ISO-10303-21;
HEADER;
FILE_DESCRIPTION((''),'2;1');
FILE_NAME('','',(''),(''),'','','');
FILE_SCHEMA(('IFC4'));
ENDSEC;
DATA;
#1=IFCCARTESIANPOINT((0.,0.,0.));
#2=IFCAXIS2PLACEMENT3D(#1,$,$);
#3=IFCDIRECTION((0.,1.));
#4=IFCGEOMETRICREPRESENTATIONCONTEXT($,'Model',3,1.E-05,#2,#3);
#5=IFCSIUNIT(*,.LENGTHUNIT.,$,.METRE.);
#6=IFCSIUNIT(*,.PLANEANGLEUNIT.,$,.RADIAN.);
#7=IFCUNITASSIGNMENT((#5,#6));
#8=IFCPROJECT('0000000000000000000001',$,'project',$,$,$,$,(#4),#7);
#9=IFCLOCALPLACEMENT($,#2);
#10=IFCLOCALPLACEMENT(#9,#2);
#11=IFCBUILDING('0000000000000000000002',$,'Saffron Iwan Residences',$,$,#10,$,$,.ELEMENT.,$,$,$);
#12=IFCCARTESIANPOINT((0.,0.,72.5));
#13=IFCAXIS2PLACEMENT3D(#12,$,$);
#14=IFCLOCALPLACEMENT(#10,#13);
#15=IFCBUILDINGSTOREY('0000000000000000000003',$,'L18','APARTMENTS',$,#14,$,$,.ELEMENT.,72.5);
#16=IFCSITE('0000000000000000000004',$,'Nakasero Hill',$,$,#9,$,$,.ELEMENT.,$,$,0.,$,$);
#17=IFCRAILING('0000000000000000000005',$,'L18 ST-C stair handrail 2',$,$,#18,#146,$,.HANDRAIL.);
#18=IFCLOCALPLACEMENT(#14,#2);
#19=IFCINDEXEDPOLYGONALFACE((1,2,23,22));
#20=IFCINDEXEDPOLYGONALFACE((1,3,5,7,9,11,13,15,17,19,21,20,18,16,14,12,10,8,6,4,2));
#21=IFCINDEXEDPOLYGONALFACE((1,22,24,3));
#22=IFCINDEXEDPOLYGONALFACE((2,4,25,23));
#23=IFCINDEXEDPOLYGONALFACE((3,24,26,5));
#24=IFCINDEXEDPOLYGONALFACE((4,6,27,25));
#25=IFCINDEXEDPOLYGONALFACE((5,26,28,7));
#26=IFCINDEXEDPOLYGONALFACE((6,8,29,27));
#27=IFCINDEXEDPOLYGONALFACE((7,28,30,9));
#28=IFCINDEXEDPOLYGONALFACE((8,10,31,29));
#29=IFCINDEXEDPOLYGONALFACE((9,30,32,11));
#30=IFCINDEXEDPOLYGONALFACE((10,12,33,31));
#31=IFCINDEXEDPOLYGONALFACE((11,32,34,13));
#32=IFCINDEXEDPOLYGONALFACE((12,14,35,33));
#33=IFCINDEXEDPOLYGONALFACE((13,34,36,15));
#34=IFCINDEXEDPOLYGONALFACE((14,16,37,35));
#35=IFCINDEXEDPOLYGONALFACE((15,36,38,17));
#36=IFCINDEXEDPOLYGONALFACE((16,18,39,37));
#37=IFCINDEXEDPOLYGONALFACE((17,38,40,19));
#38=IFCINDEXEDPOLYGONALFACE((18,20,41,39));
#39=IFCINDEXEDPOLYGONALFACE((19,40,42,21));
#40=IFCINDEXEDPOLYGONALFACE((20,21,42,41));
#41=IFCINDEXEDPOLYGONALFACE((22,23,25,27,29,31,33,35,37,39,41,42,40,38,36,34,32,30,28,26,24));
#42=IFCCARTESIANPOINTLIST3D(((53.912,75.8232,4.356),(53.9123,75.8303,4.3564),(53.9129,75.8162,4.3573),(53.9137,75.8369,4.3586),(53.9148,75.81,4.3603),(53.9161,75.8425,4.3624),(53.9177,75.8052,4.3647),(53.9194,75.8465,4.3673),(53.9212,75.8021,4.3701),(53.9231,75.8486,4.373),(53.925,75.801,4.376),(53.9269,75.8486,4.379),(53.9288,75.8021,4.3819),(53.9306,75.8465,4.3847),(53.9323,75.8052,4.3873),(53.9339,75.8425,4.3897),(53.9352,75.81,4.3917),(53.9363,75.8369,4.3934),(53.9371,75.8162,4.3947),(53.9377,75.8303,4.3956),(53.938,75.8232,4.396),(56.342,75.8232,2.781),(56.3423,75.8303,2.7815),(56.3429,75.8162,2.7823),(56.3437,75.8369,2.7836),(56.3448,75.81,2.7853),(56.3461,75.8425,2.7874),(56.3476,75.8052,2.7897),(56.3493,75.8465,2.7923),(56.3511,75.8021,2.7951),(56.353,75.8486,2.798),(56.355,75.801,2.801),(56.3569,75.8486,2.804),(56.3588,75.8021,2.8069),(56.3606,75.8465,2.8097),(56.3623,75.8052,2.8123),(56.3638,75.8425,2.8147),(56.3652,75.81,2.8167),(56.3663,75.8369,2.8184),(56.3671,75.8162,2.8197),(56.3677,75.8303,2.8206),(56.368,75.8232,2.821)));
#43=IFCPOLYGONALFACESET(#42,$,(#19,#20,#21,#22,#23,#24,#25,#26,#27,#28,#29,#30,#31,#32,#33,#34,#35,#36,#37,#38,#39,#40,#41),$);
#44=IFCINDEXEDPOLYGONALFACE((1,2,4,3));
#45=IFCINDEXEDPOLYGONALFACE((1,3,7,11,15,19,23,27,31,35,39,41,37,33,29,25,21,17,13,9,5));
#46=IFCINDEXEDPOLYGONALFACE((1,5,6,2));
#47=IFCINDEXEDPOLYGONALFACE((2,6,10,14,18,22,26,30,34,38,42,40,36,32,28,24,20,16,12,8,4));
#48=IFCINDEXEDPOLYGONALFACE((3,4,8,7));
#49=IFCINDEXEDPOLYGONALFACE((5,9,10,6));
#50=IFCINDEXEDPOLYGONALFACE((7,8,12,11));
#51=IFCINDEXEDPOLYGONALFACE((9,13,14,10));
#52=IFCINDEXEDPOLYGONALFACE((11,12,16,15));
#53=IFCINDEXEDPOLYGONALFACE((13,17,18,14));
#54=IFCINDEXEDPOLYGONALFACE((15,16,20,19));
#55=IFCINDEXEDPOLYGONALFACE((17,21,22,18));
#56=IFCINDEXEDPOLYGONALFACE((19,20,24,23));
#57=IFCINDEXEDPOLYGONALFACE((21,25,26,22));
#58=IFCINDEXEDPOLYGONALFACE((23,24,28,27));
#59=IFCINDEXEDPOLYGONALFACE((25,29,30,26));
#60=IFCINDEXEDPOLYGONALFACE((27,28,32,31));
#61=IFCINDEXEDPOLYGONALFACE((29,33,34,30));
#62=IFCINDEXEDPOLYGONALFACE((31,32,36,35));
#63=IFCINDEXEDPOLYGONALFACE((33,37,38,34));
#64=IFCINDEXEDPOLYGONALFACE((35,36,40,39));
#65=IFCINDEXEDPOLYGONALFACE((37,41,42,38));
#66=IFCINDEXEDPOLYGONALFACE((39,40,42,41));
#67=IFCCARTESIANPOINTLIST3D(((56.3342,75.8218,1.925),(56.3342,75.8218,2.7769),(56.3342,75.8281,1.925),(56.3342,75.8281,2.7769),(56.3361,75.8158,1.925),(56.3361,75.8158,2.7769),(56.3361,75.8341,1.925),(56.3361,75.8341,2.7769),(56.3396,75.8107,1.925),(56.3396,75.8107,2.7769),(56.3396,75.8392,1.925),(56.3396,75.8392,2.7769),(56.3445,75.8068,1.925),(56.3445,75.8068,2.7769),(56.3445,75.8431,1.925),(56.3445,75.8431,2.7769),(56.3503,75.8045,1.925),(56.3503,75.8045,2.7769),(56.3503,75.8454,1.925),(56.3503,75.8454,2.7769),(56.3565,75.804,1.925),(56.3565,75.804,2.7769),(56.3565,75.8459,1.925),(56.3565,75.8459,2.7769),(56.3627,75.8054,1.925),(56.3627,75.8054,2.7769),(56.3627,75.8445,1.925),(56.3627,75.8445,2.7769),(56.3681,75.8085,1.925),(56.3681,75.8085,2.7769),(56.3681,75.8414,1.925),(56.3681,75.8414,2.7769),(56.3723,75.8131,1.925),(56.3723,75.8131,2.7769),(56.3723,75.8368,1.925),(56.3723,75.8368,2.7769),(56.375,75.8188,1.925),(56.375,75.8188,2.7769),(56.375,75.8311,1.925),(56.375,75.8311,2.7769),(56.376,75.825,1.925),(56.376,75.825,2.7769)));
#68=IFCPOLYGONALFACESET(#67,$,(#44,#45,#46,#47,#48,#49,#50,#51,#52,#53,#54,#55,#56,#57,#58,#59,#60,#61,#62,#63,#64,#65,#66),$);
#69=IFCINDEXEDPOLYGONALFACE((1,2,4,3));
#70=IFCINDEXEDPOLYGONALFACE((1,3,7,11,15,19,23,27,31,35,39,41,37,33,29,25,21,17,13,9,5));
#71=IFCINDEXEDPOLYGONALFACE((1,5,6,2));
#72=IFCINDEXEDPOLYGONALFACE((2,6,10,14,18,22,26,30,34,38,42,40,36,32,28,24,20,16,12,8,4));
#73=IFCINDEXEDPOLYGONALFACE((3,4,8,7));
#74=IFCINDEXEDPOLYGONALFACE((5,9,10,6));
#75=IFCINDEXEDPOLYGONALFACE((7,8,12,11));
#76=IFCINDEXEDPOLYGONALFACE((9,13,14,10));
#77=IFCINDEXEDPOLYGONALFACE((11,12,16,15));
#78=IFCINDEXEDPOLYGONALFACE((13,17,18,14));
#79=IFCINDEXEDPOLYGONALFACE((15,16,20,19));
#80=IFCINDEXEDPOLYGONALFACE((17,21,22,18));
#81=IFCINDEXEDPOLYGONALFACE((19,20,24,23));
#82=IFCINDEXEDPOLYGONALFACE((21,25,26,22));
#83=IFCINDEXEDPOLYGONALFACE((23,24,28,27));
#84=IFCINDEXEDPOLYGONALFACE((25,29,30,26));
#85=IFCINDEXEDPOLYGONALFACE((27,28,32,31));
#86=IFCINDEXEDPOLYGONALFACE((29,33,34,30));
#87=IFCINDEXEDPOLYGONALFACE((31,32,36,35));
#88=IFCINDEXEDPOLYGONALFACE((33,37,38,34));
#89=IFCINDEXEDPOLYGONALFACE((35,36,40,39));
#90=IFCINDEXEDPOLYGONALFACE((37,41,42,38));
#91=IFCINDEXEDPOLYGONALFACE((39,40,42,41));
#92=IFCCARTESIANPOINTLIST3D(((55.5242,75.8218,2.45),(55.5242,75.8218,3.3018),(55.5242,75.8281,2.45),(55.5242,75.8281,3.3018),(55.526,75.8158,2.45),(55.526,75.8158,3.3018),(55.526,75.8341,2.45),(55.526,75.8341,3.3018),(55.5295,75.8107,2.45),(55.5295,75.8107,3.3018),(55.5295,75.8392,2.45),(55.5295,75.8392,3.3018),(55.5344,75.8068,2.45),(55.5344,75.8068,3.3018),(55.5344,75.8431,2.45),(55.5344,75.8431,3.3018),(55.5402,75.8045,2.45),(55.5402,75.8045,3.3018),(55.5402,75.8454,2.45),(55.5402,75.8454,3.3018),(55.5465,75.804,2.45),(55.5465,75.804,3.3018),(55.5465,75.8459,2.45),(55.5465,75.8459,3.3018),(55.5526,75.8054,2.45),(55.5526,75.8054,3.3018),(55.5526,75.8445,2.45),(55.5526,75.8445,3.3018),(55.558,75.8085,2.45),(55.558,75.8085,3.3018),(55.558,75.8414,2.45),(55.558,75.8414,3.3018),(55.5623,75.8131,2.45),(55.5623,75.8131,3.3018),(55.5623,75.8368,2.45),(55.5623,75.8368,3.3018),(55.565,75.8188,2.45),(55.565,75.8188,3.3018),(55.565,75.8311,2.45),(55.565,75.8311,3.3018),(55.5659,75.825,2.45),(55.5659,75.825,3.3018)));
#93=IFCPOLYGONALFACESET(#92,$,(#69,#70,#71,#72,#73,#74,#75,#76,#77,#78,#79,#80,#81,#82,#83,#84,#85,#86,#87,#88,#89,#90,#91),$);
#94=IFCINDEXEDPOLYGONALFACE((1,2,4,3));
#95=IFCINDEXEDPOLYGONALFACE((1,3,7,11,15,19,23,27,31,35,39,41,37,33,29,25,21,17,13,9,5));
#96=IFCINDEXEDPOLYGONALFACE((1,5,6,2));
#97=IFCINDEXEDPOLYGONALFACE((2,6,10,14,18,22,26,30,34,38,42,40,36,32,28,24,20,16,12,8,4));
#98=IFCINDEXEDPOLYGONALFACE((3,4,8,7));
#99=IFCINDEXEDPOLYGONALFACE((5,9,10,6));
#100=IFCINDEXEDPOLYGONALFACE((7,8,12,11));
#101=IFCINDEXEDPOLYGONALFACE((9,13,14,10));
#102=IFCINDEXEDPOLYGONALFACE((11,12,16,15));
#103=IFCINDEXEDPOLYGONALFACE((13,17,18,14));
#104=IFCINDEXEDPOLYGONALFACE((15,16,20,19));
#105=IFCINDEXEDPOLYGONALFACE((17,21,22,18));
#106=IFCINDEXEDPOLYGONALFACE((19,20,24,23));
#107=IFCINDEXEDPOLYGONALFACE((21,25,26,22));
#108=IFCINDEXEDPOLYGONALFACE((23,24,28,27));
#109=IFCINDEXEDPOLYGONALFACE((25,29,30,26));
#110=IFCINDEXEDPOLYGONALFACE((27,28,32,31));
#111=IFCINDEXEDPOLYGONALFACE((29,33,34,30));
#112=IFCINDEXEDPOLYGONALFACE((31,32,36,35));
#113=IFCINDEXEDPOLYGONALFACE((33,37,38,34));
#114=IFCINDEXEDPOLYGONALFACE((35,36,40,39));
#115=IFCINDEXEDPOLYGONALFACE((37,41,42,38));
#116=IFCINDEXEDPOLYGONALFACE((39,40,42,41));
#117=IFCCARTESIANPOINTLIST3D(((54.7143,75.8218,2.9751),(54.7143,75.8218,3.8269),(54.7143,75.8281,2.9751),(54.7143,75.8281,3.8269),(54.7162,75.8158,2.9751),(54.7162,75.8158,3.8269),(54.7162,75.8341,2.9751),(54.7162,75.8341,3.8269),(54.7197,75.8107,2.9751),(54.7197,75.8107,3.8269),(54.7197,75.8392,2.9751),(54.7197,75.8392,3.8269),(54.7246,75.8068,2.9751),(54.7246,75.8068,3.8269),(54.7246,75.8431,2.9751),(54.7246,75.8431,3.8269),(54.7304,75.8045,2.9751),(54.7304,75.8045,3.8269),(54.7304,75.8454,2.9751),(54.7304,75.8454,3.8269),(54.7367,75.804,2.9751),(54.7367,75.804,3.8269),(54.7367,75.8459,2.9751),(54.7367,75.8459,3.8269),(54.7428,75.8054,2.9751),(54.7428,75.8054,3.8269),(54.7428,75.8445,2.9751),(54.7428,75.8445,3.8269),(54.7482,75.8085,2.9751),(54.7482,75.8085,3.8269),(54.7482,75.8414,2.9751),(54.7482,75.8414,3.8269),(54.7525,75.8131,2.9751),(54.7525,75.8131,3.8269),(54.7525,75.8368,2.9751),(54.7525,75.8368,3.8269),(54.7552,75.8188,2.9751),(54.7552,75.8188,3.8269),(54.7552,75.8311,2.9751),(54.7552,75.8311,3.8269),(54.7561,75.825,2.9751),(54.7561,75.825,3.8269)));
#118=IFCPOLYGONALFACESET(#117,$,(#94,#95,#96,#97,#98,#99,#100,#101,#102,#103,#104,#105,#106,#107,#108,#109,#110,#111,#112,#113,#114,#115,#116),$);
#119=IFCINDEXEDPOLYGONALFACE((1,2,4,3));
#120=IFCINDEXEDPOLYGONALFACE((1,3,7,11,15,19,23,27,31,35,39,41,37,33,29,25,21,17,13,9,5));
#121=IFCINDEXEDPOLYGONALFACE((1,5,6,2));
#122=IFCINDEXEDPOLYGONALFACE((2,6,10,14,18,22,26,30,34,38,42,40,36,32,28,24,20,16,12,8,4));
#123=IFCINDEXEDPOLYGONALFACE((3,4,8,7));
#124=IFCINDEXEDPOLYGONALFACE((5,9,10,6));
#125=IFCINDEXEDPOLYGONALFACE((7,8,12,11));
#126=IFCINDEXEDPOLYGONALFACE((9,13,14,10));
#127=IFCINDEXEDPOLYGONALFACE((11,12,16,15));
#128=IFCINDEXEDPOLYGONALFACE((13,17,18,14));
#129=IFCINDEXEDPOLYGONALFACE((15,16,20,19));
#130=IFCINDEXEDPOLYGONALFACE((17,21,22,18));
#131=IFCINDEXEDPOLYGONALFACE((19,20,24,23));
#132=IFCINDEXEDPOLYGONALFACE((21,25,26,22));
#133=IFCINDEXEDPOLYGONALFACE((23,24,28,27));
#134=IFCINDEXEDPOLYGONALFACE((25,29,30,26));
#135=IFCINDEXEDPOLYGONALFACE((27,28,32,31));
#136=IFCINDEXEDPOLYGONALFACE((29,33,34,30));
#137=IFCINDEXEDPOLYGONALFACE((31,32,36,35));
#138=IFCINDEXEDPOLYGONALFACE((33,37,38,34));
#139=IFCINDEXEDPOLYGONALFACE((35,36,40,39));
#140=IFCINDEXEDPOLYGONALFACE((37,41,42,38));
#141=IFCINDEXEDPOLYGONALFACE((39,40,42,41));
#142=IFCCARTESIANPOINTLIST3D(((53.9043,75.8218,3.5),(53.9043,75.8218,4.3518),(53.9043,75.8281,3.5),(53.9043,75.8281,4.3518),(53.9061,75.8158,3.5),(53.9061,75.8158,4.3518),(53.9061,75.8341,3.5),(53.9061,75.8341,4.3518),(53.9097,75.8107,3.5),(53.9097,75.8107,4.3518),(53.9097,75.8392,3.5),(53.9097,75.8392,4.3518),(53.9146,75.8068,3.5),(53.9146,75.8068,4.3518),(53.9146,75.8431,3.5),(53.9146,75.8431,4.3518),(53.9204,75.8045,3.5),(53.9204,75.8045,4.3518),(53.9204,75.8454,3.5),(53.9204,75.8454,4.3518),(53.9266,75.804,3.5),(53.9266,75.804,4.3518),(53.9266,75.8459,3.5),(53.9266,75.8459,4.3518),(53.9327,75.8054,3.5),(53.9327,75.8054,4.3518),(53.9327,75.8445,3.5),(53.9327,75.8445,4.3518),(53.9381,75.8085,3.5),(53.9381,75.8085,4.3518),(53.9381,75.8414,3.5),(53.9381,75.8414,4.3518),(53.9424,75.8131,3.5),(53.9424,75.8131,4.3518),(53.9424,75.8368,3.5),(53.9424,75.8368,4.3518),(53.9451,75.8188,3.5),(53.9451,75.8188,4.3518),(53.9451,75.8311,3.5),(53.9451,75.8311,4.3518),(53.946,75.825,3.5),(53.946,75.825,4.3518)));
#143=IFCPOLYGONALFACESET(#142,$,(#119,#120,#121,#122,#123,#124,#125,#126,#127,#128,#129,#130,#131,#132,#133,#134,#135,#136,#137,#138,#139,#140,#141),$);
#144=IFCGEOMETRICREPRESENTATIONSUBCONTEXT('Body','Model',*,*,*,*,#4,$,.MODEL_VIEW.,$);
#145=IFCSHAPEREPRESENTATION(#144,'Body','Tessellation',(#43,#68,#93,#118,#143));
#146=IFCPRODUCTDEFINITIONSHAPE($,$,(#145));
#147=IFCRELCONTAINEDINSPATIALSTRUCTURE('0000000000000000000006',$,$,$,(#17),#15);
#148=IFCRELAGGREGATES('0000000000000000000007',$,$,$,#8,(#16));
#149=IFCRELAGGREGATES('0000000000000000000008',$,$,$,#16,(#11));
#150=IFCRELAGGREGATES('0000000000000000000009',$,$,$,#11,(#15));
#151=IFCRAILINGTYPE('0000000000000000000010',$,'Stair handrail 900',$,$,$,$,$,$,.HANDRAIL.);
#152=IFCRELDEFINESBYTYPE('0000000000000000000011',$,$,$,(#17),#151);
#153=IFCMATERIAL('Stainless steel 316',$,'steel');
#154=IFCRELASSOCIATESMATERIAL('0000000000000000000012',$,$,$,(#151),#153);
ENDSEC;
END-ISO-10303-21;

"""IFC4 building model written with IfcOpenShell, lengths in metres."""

from ifc_helpers import new_model, si_unit, direction, frame, origin, origin_2d, place, context, subcontext, project, spatial, circle, extrude, material, type_object, element, save


model = new_model("IFC4")

# Units and contexts
model_context = context("Model", 3, precision=1e-05, world=origin(), true_north=direction((0.0, 1.0)))
body_context = subcontext(model_context, "Body", "Model", "MODEL_VIEW")
ifc_project = project(units=[si_unit("LENGTHUNIT", "METRE"), si_unit("PLANEANGLEUNIT", "RADIAN")], contexts=[model_context])

# Site, building, storey
site_placement = place(None, origin())
site = spatial("IfcSite", under=ifc_project, at=site_placement, Name="Nakasero Hill", CompositionType="ELEMENT", RefElevation=0.0)
building_placement = place(site_placement, origin())
building = spatial("IfcBuilding", under=site, at=building_placement, Name="Saffron Iwan Residences", CompositionType="ELEMENT")
storey_placement = place(building_placement, frame((0.0, 0.0, 72.5)))
storey = spatial("IfcBuildingStorey", under=building, at=storey_placement, Name="L18", Description="APARTMENTS", CompositionType="ELEMENT", Elevation=72.5)

# Railing
ifc_material_1 = material(Name="Stainless steel 316", Category="steel")
railing_type_1 = type_object("IfcRailingType", Name="Stair handrail 900", PredefinedType="HANDRAIL", material=ifc_material_1)
railing_1_placement = place(storey_placement, frame((56.355, 75.825, 1.925)))
element("IfcRailing", 1, at=railing_1_placement, inside=storey, type_object=railing_type_1, Name="L18 ST-C stair handrail 2", PredefinedType="HANDRAIL", context=body_context, shape_type="SweptSolid", body=[
    extrude(circle(Radius=0.0239, at=origin_2d()), frame((0.0, 0.0, 0.876), z_axis=(-0.839154, 0.0, 0.543894), x_axis=(0.0, -1.0, 0.0)), (0.0, 0.0, 1.0), 2.8958),
    extrude(circle(Radius=0.021, at=origin_2d()), origin(), (0.0, 0.0, 1.0), 0.8518),
    extrude(circle(Radius=0.021, at=origin_2d()), frame((-0.8101, 0.0, 0.5249)), (0.0, 0.0, 1.0), 0.8518),
    extrude(circle(Radius=0.021, at=origin_2d()), frame((-1.6199, 0.0, 1.05)), (0.0, 0.0, 1.0), 0.8518),
    extrude(circle(Radius=0.021, at=origin_2d()), frame((-2.4299, 0.0, 1.575)), (0.0, 0.0, 1.0), 0.8518),
])

save(model, "model.ifc")
